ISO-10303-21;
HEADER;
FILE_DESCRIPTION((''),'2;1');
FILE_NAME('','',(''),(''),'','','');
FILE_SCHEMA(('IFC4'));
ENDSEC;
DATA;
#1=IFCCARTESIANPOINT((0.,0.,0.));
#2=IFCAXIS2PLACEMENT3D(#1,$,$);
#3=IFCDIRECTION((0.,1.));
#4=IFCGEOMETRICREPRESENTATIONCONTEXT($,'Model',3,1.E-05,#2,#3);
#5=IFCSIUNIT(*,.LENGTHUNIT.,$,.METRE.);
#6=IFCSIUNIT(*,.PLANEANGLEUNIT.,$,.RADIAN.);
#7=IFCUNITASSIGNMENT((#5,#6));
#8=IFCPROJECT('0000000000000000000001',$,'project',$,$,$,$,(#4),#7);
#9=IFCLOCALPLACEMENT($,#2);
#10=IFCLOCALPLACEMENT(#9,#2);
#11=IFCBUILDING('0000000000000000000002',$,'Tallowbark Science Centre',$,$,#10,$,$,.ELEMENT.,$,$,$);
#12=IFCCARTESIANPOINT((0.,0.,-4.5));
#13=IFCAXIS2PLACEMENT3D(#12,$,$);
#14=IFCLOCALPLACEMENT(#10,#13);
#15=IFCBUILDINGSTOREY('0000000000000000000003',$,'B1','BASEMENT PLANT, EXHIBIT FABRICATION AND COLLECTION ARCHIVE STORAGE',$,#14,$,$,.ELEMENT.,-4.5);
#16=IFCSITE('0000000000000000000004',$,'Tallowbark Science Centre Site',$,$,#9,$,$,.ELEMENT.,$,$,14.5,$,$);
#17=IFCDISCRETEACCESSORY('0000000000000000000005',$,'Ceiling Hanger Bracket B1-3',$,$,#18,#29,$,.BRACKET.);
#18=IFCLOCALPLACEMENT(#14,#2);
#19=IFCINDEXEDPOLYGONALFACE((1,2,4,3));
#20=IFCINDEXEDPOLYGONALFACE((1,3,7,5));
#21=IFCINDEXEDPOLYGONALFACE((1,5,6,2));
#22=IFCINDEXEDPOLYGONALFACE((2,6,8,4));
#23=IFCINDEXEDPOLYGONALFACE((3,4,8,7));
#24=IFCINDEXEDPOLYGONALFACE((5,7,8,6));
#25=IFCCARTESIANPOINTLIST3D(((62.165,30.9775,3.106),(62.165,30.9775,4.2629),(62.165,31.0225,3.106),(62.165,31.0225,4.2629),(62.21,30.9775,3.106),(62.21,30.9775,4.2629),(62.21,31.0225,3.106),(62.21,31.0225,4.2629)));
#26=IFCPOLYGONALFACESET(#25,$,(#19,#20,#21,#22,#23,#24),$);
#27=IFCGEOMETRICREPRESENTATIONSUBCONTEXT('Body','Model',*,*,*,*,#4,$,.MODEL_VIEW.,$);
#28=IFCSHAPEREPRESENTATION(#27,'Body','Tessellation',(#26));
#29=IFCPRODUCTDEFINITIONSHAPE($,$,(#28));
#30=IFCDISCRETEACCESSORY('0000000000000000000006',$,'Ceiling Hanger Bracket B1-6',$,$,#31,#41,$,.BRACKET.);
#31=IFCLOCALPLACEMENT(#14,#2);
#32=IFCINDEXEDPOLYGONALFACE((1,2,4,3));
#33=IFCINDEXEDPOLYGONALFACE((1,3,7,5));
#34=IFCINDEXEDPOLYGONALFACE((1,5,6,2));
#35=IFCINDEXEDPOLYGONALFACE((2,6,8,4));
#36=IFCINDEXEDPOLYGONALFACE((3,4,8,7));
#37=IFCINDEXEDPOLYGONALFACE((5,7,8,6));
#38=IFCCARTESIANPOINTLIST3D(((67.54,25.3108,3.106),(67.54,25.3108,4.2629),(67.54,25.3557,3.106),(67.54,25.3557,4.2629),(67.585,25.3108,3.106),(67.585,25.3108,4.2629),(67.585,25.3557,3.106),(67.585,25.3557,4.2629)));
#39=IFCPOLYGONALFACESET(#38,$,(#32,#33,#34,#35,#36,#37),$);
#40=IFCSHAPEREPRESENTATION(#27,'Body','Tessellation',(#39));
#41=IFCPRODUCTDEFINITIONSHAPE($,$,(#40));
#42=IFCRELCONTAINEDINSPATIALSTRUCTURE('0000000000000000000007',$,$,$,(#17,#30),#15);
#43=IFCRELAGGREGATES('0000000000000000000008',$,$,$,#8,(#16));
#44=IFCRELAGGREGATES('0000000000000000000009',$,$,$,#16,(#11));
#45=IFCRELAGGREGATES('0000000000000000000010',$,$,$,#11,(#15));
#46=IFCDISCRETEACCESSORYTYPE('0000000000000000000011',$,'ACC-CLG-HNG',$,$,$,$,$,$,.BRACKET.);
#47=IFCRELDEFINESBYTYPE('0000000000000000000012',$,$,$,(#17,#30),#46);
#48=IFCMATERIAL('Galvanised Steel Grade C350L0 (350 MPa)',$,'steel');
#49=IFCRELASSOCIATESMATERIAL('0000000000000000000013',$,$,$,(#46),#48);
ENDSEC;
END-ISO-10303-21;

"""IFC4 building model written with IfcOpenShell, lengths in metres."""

from ifc_helpers import new_model, si_unit, direction, frame, origin, origin_2d, place, context, subcontext, project, spatial, rectangle, extrude, material, type_object, element, save


model = new_model("IFC4")

# Units and contexts
model_context = context("Model", 3, precision=1e-05, world=origin(), true_north=direction((0.0, 1.0)))
body_context = subcontext(model_context, "Body", "Model", "MODEL_VIEW")
ifc_project = project(units=[si_unit("LENGTHUNIT", "METRE"), si_unit("PLANEANGLEUNIT", "RADIAN")], contexts=[model_context])

# Site, building, storey
site_placement = place(None, origin())
site = spatial("IfcSite", under=ifc_project, at=site_placement, Name="Tallowbark Science Centre Site", CompositionType="ELEMENT", RefElevation=14.5)
building_placement = place(site_placement, origin())
building = spatial("IfcBuilding", under=site, at=building_placement, Name="Tallowbark Science Centre", CompositionType="ELEMENT")
storey_placement = place(building_placement, frame((0.0, 0.0, -4.5)))
storey = spatial("IfcBuildingStorey", under=building, at=storey_placement, Name="B1", Description="BASEMENT PLANT, EXHIBIT FABRICATION AND COLLECTION ARCHIVE STORAGE", CompositionType="ELEMENT", Elevation=-4.5)

# Discrete accessories
ifc_material_1 = material(Name="Galvanised Steel Grade C350L0 (350 MPa)", Category="steel")
discrete_accessory_type = type_object("IfcDiscreteAccessoryType", Name="ACC-CLG-HNG", PredefinedType="BRACKET", material=ifc_material_1)
for number, where, z_axis, x_axis, name in (
    (1, (62.1875, 31.0, 3.106), (0.0, 0.0, 1.0), (1.0, 0.0, 0.0), "Ceiling Hanger Bracket B1-3"),
    (2, (67.5625, 25.3333, 3.106), (0.0, 0.0, 1.0), (1.0, 0.0, 0.0), "Ceiling Hanger Bracket B1-6"),
):
    element("IfcDiscreteAccessory", number, at=place(storey_placement, frame(where, z_axis=z_axis, x_axis=x_axis)), inside=storey, type_object=discrete_accessory_type, Name=name, PredefinedType="BRACKET", context=body_context, shape_type="SweptSolid", body=[
        extrude(rectangle(XDim=0.0449, YDim=0.0449, at=origin_2d()), origin(), (0.0, 0.0, 1.0), 1.157),
    ])

save(model, "model.ifc")
